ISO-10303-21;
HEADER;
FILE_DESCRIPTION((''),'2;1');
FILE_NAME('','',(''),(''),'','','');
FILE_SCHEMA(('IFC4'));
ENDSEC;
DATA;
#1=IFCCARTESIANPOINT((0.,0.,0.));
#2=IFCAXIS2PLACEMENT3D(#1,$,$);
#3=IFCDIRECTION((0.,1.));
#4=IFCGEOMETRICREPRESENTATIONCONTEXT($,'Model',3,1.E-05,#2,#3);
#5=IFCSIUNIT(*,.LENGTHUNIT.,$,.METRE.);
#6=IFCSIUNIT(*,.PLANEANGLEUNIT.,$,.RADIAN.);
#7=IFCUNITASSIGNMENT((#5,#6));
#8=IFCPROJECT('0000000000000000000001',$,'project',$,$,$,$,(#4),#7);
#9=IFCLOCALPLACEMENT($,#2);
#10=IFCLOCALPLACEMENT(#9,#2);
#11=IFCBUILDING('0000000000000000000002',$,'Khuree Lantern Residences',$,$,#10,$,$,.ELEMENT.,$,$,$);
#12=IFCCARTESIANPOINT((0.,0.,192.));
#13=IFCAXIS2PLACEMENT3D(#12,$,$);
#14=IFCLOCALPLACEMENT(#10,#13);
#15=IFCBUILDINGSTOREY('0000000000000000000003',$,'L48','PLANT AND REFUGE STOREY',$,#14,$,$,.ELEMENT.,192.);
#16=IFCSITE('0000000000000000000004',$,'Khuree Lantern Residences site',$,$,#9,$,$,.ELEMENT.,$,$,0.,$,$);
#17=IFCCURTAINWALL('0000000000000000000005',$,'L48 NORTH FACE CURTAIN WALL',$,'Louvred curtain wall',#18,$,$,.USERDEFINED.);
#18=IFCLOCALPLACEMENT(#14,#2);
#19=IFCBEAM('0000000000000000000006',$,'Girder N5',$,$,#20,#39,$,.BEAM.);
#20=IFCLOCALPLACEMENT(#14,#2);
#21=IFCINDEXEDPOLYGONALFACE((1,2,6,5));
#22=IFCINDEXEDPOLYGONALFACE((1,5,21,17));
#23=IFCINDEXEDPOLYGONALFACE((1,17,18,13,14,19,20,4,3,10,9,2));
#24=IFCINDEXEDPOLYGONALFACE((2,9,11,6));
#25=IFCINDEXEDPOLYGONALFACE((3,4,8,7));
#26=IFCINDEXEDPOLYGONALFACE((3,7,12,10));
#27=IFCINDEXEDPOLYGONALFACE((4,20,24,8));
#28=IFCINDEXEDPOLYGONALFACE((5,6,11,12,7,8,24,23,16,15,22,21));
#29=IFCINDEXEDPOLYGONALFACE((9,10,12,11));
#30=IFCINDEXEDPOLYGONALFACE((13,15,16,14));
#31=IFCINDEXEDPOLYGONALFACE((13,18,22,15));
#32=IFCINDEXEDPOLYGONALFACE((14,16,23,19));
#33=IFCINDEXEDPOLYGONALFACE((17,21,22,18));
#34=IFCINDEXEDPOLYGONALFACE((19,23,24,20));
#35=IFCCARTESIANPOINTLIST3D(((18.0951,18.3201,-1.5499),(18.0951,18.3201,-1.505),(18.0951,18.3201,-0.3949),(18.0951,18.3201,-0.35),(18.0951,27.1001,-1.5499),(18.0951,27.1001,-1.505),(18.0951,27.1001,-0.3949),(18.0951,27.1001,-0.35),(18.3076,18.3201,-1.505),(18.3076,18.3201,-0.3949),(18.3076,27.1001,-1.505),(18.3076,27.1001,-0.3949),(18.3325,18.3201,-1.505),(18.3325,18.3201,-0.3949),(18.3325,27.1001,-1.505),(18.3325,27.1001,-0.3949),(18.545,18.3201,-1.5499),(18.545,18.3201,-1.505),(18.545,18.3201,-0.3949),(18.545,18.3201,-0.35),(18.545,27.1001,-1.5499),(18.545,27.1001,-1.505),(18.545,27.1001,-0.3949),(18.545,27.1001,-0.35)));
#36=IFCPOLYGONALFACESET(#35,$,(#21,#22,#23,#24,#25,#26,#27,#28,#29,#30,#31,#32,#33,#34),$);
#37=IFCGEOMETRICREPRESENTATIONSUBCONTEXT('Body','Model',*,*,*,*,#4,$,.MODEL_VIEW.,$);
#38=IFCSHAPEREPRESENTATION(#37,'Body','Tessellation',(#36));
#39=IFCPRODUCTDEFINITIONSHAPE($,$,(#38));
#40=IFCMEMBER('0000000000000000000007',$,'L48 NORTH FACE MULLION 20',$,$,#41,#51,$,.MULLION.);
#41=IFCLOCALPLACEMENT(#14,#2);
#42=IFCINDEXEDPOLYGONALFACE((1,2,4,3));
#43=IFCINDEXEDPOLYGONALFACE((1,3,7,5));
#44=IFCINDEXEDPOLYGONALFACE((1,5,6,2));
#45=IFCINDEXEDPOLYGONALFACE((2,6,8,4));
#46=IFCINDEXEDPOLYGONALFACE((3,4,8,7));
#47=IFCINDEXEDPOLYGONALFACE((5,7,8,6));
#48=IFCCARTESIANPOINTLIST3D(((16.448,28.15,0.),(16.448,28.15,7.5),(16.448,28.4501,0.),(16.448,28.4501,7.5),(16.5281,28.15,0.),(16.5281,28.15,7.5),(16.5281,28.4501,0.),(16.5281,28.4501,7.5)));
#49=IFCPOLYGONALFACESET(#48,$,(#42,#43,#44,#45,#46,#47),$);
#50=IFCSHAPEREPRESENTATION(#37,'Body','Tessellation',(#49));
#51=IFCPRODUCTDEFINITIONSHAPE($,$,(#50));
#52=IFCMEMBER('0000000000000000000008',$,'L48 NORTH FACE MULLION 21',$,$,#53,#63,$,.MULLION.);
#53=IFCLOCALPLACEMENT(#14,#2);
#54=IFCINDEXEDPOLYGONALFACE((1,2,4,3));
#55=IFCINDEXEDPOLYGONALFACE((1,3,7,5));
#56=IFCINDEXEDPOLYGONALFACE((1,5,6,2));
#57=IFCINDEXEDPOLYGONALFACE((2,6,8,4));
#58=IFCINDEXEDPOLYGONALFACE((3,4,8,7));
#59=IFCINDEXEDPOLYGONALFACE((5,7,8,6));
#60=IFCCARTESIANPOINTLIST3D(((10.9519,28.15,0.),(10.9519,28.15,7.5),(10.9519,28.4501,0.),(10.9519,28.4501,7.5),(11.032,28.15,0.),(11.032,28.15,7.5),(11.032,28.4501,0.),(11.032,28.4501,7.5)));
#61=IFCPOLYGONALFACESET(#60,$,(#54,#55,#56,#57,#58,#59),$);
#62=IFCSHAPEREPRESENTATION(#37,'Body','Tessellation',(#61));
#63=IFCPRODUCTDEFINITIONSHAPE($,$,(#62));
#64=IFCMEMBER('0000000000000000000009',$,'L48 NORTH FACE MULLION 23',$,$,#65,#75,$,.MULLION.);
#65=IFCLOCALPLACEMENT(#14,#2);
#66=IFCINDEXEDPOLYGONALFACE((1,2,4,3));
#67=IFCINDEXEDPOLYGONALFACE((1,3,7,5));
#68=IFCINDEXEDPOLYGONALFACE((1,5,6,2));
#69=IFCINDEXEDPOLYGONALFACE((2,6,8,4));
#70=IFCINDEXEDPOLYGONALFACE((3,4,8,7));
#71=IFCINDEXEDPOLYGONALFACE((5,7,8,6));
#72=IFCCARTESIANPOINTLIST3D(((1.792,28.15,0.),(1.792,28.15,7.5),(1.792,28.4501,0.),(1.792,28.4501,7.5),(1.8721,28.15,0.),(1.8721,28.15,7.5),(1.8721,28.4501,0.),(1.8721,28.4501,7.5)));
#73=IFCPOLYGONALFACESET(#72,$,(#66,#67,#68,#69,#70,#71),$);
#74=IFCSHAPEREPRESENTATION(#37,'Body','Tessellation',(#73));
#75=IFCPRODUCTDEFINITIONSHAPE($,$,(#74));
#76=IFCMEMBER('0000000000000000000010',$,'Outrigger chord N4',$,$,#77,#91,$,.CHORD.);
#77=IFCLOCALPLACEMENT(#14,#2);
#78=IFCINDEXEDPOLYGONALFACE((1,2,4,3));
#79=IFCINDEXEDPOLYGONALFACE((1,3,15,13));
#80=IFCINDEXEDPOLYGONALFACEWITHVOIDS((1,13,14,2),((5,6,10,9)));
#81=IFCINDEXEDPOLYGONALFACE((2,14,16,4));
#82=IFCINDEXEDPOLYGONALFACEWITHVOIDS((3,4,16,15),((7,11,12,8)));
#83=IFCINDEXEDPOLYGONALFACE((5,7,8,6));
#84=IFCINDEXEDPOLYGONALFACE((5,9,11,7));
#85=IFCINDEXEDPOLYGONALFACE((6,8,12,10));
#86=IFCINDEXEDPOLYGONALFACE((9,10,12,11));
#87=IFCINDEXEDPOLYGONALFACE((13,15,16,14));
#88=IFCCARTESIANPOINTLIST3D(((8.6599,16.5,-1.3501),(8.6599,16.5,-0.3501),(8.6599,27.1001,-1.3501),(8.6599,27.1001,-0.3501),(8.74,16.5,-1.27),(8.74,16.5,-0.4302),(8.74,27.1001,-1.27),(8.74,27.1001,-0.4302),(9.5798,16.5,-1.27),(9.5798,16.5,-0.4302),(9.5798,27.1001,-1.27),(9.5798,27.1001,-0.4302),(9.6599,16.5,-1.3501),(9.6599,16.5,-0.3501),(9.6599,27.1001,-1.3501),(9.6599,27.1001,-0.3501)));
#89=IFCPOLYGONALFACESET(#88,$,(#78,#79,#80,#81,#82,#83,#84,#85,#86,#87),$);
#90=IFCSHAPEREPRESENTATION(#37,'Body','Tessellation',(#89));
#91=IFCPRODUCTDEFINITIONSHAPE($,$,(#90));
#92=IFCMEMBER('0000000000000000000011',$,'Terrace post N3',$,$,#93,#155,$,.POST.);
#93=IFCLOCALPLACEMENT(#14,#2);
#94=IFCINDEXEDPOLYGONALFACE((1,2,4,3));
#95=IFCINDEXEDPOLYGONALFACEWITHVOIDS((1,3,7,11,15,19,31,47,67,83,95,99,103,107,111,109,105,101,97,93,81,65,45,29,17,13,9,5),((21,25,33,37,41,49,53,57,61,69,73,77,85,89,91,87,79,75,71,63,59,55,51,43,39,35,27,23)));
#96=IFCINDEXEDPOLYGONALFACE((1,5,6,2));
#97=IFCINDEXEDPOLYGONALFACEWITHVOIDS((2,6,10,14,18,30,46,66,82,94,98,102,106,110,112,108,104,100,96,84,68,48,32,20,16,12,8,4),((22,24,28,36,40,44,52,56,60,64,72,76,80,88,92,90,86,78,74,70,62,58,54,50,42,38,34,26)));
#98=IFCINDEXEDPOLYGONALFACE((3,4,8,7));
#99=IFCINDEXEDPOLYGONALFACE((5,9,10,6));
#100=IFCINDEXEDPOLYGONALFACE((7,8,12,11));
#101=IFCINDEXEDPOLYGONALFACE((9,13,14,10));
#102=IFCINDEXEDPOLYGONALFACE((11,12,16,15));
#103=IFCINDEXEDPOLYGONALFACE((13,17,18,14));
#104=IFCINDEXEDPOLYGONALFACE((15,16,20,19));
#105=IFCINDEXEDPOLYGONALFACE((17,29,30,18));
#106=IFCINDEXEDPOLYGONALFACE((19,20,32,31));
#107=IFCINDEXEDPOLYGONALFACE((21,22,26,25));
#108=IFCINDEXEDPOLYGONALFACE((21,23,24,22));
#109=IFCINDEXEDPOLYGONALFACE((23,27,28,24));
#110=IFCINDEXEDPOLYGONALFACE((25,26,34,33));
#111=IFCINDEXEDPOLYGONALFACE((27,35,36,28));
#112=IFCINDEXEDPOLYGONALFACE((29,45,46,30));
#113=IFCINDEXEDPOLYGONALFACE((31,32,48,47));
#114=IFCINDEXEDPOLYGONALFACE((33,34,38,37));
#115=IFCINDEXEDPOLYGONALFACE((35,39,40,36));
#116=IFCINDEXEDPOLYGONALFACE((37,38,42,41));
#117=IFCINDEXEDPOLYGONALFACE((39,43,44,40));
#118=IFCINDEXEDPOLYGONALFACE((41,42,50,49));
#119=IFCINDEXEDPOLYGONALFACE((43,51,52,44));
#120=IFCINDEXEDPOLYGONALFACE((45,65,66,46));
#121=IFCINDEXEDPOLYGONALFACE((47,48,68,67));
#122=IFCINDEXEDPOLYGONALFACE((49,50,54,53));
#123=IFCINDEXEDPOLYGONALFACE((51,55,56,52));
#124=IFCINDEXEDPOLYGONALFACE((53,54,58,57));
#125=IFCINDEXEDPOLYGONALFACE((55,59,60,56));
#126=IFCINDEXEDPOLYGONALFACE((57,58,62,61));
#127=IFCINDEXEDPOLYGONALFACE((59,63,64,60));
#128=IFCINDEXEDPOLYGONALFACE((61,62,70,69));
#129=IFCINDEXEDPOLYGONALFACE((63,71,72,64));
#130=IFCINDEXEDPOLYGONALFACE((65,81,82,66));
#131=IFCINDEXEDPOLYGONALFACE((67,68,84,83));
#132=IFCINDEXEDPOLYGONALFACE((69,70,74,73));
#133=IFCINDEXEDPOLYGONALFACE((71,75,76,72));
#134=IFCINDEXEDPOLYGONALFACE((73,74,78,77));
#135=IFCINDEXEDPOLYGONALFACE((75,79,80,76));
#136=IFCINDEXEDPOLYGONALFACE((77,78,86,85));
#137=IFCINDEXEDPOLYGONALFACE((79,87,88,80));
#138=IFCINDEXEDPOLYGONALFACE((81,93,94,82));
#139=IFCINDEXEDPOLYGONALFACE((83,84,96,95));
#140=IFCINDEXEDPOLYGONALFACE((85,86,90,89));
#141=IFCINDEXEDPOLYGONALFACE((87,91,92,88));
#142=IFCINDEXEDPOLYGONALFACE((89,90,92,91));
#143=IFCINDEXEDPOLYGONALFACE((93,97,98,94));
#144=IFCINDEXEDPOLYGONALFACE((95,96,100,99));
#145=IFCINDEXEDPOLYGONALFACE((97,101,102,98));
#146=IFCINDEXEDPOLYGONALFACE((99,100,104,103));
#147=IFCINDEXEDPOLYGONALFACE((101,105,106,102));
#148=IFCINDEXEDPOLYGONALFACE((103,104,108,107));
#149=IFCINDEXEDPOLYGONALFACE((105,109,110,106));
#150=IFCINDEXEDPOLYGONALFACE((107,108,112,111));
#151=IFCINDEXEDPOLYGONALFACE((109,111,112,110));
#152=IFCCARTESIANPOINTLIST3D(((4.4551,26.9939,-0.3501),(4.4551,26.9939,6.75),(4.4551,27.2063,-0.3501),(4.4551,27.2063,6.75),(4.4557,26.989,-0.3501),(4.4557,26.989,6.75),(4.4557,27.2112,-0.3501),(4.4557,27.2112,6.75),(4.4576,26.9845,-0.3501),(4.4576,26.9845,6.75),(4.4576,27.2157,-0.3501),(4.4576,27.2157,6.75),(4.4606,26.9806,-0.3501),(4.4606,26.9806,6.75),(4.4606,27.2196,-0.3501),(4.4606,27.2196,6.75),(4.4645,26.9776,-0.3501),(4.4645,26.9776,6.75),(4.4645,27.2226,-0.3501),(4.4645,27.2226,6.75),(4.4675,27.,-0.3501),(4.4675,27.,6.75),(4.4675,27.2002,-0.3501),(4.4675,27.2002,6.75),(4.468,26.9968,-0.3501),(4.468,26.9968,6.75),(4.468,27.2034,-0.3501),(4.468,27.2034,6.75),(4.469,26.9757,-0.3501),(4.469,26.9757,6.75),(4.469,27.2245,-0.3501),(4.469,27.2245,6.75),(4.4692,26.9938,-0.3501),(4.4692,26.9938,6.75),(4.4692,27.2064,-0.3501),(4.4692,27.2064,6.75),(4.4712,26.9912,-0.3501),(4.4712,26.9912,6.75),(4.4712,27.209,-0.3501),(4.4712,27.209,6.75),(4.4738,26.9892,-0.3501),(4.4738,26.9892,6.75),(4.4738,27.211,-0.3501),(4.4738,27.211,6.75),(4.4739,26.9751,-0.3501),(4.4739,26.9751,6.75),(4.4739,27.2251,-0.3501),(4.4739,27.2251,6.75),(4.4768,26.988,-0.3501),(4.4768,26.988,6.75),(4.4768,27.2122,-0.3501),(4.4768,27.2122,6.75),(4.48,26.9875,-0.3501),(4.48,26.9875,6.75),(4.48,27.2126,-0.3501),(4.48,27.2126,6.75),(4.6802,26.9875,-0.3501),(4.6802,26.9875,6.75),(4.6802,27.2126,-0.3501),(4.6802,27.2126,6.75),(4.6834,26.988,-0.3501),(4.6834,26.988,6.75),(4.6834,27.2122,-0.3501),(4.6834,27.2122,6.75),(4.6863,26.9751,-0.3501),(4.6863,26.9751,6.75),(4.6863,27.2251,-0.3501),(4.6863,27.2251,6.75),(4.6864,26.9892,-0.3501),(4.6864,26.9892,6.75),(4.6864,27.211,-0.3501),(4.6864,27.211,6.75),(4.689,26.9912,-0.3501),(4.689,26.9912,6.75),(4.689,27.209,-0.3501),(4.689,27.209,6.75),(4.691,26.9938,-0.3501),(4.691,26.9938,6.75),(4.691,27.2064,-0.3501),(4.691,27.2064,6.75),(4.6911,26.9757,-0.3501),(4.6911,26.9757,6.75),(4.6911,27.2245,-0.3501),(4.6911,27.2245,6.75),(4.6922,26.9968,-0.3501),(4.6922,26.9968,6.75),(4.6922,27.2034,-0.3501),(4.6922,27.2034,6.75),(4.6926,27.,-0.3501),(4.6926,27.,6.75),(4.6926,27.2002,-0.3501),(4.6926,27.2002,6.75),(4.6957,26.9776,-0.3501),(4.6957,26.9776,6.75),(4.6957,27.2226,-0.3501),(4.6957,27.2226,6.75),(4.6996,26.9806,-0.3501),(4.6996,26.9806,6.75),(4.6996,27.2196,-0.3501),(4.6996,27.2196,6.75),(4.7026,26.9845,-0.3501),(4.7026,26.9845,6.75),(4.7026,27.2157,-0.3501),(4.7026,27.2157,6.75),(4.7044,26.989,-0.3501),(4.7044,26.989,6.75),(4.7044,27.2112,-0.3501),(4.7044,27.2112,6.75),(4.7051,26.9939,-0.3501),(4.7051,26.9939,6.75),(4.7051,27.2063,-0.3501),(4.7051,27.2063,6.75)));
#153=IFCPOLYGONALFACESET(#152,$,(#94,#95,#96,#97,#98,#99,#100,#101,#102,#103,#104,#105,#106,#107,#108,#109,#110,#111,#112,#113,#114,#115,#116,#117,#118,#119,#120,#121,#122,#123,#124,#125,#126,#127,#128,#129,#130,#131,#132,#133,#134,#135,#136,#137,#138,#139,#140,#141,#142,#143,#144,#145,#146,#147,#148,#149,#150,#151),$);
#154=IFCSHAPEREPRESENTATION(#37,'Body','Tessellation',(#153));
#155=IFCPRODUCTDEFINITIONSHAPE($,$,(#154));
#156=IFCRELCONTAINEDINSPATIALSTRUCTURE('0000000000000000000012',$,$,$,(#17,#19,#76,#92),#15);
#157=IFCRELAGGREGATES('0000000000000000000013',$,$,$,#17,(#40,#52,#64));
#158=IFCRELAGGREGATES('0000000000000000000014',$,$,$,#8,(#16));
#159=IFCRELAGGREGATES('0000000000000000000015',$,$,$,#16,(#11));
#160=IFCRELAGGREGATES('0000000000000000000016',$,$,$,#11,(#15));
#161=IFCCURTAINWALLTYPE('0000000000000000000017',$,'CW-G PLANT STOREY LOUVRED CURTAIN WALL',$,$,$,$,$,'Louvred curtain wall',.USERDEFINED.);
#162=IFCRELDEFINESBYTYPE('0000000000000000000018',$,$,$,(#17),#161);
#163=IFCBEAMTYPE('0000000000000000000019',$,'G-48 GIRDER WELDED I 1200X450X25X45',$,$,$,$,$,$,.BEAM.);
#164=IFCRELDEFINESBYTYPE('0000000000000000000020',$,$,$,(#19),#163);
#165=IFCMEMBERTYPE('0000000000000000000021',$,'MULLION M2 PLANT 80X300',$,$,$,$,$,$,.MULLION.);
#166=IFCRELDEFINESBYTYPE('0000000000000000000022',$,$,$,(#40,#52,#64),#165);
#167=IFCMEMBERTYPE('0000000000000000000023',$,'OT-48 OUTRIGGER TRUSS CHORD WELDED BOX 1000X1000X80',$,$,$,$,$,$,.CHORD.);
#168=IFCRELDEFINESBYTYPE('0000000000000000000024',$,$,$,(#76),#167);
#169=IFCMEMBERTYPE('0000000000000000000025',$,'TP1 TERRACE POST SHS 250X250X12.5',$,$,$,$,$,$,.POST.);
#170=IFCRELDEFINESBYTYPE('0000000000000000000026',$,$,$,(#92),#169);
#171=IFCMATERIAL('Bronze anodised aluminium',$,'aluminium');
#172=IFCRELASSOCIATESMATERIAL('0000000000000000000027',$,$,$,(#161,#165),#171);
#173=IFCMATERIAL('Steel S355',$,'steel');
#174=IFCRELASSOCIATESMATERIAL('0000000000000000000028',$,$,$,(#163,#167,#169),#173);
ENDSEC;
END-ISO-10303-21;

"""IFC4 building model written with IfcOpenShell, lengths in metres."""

from ifc_helpers import new_model, si_unit, direction, frame, origin, origin_2d, place, context, subcontext, project, spatial, rectangle, hollow_rectangle, i_section, extrude, material, material_profile, profile_set, type_object, element, aggregate, save


model = new_model("IFC4")

# Units and contexts
model_context = context("Model", 3, precision=1e-05, world=origin(), true_north=direction((0.0, 1.0)))
body_context = subcontext(model_context, "Body", "Model", "MODEL_VIEW")
ifc_project = project(units=[si_unit("LENGTHUNIT", "METRE"), si_unit("PLANEANGLEUNIT", "RADIAN")], contexts=[model_context])

# Site, building, storey
site_placement = place(None, origin())
site = spatial("IfcSite", under=ifc_project, at=site_placement, Name="Khuree Lantern Residences site", CompositionType="ELEMENT", RefElevation=0.0)
building_placement = place(site_placement, origin())
building = spatial("IfcBuilding", under=site, at=building_placement, Name="Khuree Lantern Residences", CompositionType="ELEMENT")
storey_placement = place(building_placement, frame((0.0, 0.0, 192.0)))
storey = spatial("IfcBuildingStorey", under=building, at=storey_placement, Name="L48", Description="PLANT AND REFUGE STOREY", CompositionType="ELEMENT", Elevation=192.0)

# Shared definitions
ifc_material_1 = material(Name="Steel S355", Category="steel")

# Curtain wall
ifc_material_2 = material(Name="Bronze anodised aluminium", Category="aluminium")
curtain_wall_type = type_object("IfcCurtainWallType", Name="CW-G PLANT STOREY LOUVRED CURTAIN WALL", ElementType="Louvred curtain wall", PredefinedType="USERDEFINED", material=ifc_material_2)
curtain_wall_placement = place(storey_placement, origin())
curtain_wall = element("IfcCurtainWall", 1, at=curtain_wall_placement, inside=storey, type_object=curtain_wall_type, Name="L48 NORTH FACE CURTAIN WALL", ObjectType="Louvred curtain wall", PredefinedType="USERDEFINED")

# Beam
ifc_material_profile_1 = material_profile(ifc_material_1, i_section(OverallWidth=0.45, OverallDepth=1.2, WebThickness=0.0249, FlangeThickness=0.0449, at=origin_2d()), Name="WELDED I 1200X450X25X45")
ifc_profile_set_1 = profile_set([ifc_material_profile_1], Name="Steel S355")
beam_type_1 = type_object("IfcBeamType", Name="G-48 GIRDER WELDED I 1200X450X25X45", PredefinedType="BEAM", material=ifc_profile_set_1)
beam_placement = place(storey_placement, frame((18.3201, 27.1001, -0.95), z_axis=(0.0, -1.0, 0.0), x_axis=(1.0, 0.0, 0.0)))
element("IfcBeam", 2, at=beam_placement, inside=storey, type_object=beam_type_1, Name="Girder N5", PredefinedType="BEAM", context=body_context, shape_type="SweptSolid", body=[
    extrude(i_section(OverallWidth=0.45, OverallDepth=1.2, WebThickness=0.0249, FlangeThickness=0.0449, at=origin_2d()), origin(), (0.0, 0.0, 1.0), 8.78),
])

# Members
ifc_material_profile_2 = material_profile(ifc_material_2, rectangle(XDim=0.0801, YDim=0.3, at=origin_2d()), Name="M2 80X300")
ifc_profile_set_2 = profile_set([ifc_material_profile_2], Name="Bronze anodised aluminium")
member_type_1 = type_object("IfcMemberType", Name="MULLION M2 PLANT 80X300", PredefinedType="MULLION", material=ifc_profile_set_2)
member_1_placement = place(storey_placement, frame((16.488, 28.3, 0.0), z_axis=(0.0, 0.0, 1.0), x_axis=(-1.0, 0.0, 0.0)))
member_1 = element("IfcMember", 3, at=member_1_placement, type_object=member_type_1, Name="L48 NORTH FACE MULLION 20", PredefinedType="MULLION", context=body_context, shape_type="SweptSolid", body=[
    extrude(rectangle(XDim=0.0801, YDim=0.3, at=origin_2d()), origin(), (0.0, 0.0, 1.0), 7.5),
])
member_2_placement = place(storey_placement, frame((10.9919, 28.3, 0.0), z_axis=(0.0, 0.0, 1.0), x_axis=(-1.0, 0.0, 0.0)))
member_2 = element("IfcMember", 4, at=member_2_placement, type_object=member_type_1, Name="L48 NORTH FACE MULLION 21", PredefinedType="MULLION", context=body_context, shape_type="SweptSolid", body=[
    extrude(rectangle(XDim=0.0801, YDim=0.3, at=origin_2d()), origin(), (0.0, 0.0, 1.0), 7.5),
])
member_3_placement = place(storey_placement, frame((1.832, 28.3, 0.0), z_axis=(0.0, 0.0, 1.0), x_axis=(-1.0, 0.0, 0.0)))
member_3 = element("IfcMember", 5, at=member_3_placement, type_object=member_type_1, Name="L48 NORTH FACE MULLION 23", PredefinedType="MULLION", context=body_context, shape_type="SweptSolid", body=[
    extrude(rectangle(XDim=0.0801, YDim=0.3, at=origin_2d()), origin(), (0.0, 0.0, 1.0), 7.5),
])

# Members
ifc_material_profile_3 = material_profile(ifc_material_1, hollow_rectangle(XDim=1.0, YDim=1.0, WallThickness=0.0801, at=origin_2d()), Name="WELDED BOX 1000X1000X80")
ifc_profile_set_3 = profile_set([ifc_material_profile_3], Name="Steel S355")
member_type_2 = type_object("IfcMemberType", Name="OT-48 OUTRIGGER TRUSS CHORD WELDED BOX 1000X1000X80", PredefinedType="CHORD", material=ifc_profile_set_3)
member_4_placement = place(storey_placement, frame((9.1599, 27.1001, -0.8501), z_axis=(0.0, -1.0, 0.0), x_axis=(1.0, 0.0, 0.0)))
element("IfcMember", 6, at=member_4_placement, inside=storey, type_object=member_type_2, Name="Outrigger chord N4", PredefinedType="CHORD", context=body_context, shape_type="SweptSolid", body=[
    extrude(hollow_rectangle(XDim=1.0, YDim=1.0, WallThickness=0.0801, at=origin_2d()), origin(), (0.0, 0.0, 1.0), 10.6001),
])
ifc_material_profile_4 = material_profile(ifc_material_1, hollow_rectangle(XDim=0.25, YDim=0.25, WallThickness=0.0125, InnerFilletRadius=0.0125, OuterFilletRadius=0.0188, at=origin_2d()), Name="SHS 250X250X12.5")
ifc_profile_set_4 = profile_set([ifc_material_profile_4], Name="Steel S355")
member_type_3 = type_object("IfcMemberType", Name="TP1 TERRACE POST SHS 250X250X12.5", PredefinedType="POST", material=ifc_profile_set_4)
for number, where, z_axis, x_axis, name in (
    (7, (4.5801, 27.1001, -0.3501), (0.0, 0.0, 1.0), (1.0, 0.0, 0.0), "Terrace post N3"),
):
    element("IfcMember", number, at=place(storey_placement, frame(where, z_axis=z_axis, x_axis=x_axis)), inside=storey, type_object=member_type_3, Name=name, PredefinedType="POST", context=body_context, shape_type="SweptSolid", body=[
        extrude(hollow_rectangle(XDim=0.25, YDim=0.25, WallThickness=0.0125, InnerFilletRadius=0.0125, OuterFilletRadius=0.0188, at=origin_2d()), origin(), (0.0, 0.0, 1.0), 7.1001),
    ])

aggregate(curtain_wall, [member_1, member_2, member_3])

save(model, "model.ifc")
